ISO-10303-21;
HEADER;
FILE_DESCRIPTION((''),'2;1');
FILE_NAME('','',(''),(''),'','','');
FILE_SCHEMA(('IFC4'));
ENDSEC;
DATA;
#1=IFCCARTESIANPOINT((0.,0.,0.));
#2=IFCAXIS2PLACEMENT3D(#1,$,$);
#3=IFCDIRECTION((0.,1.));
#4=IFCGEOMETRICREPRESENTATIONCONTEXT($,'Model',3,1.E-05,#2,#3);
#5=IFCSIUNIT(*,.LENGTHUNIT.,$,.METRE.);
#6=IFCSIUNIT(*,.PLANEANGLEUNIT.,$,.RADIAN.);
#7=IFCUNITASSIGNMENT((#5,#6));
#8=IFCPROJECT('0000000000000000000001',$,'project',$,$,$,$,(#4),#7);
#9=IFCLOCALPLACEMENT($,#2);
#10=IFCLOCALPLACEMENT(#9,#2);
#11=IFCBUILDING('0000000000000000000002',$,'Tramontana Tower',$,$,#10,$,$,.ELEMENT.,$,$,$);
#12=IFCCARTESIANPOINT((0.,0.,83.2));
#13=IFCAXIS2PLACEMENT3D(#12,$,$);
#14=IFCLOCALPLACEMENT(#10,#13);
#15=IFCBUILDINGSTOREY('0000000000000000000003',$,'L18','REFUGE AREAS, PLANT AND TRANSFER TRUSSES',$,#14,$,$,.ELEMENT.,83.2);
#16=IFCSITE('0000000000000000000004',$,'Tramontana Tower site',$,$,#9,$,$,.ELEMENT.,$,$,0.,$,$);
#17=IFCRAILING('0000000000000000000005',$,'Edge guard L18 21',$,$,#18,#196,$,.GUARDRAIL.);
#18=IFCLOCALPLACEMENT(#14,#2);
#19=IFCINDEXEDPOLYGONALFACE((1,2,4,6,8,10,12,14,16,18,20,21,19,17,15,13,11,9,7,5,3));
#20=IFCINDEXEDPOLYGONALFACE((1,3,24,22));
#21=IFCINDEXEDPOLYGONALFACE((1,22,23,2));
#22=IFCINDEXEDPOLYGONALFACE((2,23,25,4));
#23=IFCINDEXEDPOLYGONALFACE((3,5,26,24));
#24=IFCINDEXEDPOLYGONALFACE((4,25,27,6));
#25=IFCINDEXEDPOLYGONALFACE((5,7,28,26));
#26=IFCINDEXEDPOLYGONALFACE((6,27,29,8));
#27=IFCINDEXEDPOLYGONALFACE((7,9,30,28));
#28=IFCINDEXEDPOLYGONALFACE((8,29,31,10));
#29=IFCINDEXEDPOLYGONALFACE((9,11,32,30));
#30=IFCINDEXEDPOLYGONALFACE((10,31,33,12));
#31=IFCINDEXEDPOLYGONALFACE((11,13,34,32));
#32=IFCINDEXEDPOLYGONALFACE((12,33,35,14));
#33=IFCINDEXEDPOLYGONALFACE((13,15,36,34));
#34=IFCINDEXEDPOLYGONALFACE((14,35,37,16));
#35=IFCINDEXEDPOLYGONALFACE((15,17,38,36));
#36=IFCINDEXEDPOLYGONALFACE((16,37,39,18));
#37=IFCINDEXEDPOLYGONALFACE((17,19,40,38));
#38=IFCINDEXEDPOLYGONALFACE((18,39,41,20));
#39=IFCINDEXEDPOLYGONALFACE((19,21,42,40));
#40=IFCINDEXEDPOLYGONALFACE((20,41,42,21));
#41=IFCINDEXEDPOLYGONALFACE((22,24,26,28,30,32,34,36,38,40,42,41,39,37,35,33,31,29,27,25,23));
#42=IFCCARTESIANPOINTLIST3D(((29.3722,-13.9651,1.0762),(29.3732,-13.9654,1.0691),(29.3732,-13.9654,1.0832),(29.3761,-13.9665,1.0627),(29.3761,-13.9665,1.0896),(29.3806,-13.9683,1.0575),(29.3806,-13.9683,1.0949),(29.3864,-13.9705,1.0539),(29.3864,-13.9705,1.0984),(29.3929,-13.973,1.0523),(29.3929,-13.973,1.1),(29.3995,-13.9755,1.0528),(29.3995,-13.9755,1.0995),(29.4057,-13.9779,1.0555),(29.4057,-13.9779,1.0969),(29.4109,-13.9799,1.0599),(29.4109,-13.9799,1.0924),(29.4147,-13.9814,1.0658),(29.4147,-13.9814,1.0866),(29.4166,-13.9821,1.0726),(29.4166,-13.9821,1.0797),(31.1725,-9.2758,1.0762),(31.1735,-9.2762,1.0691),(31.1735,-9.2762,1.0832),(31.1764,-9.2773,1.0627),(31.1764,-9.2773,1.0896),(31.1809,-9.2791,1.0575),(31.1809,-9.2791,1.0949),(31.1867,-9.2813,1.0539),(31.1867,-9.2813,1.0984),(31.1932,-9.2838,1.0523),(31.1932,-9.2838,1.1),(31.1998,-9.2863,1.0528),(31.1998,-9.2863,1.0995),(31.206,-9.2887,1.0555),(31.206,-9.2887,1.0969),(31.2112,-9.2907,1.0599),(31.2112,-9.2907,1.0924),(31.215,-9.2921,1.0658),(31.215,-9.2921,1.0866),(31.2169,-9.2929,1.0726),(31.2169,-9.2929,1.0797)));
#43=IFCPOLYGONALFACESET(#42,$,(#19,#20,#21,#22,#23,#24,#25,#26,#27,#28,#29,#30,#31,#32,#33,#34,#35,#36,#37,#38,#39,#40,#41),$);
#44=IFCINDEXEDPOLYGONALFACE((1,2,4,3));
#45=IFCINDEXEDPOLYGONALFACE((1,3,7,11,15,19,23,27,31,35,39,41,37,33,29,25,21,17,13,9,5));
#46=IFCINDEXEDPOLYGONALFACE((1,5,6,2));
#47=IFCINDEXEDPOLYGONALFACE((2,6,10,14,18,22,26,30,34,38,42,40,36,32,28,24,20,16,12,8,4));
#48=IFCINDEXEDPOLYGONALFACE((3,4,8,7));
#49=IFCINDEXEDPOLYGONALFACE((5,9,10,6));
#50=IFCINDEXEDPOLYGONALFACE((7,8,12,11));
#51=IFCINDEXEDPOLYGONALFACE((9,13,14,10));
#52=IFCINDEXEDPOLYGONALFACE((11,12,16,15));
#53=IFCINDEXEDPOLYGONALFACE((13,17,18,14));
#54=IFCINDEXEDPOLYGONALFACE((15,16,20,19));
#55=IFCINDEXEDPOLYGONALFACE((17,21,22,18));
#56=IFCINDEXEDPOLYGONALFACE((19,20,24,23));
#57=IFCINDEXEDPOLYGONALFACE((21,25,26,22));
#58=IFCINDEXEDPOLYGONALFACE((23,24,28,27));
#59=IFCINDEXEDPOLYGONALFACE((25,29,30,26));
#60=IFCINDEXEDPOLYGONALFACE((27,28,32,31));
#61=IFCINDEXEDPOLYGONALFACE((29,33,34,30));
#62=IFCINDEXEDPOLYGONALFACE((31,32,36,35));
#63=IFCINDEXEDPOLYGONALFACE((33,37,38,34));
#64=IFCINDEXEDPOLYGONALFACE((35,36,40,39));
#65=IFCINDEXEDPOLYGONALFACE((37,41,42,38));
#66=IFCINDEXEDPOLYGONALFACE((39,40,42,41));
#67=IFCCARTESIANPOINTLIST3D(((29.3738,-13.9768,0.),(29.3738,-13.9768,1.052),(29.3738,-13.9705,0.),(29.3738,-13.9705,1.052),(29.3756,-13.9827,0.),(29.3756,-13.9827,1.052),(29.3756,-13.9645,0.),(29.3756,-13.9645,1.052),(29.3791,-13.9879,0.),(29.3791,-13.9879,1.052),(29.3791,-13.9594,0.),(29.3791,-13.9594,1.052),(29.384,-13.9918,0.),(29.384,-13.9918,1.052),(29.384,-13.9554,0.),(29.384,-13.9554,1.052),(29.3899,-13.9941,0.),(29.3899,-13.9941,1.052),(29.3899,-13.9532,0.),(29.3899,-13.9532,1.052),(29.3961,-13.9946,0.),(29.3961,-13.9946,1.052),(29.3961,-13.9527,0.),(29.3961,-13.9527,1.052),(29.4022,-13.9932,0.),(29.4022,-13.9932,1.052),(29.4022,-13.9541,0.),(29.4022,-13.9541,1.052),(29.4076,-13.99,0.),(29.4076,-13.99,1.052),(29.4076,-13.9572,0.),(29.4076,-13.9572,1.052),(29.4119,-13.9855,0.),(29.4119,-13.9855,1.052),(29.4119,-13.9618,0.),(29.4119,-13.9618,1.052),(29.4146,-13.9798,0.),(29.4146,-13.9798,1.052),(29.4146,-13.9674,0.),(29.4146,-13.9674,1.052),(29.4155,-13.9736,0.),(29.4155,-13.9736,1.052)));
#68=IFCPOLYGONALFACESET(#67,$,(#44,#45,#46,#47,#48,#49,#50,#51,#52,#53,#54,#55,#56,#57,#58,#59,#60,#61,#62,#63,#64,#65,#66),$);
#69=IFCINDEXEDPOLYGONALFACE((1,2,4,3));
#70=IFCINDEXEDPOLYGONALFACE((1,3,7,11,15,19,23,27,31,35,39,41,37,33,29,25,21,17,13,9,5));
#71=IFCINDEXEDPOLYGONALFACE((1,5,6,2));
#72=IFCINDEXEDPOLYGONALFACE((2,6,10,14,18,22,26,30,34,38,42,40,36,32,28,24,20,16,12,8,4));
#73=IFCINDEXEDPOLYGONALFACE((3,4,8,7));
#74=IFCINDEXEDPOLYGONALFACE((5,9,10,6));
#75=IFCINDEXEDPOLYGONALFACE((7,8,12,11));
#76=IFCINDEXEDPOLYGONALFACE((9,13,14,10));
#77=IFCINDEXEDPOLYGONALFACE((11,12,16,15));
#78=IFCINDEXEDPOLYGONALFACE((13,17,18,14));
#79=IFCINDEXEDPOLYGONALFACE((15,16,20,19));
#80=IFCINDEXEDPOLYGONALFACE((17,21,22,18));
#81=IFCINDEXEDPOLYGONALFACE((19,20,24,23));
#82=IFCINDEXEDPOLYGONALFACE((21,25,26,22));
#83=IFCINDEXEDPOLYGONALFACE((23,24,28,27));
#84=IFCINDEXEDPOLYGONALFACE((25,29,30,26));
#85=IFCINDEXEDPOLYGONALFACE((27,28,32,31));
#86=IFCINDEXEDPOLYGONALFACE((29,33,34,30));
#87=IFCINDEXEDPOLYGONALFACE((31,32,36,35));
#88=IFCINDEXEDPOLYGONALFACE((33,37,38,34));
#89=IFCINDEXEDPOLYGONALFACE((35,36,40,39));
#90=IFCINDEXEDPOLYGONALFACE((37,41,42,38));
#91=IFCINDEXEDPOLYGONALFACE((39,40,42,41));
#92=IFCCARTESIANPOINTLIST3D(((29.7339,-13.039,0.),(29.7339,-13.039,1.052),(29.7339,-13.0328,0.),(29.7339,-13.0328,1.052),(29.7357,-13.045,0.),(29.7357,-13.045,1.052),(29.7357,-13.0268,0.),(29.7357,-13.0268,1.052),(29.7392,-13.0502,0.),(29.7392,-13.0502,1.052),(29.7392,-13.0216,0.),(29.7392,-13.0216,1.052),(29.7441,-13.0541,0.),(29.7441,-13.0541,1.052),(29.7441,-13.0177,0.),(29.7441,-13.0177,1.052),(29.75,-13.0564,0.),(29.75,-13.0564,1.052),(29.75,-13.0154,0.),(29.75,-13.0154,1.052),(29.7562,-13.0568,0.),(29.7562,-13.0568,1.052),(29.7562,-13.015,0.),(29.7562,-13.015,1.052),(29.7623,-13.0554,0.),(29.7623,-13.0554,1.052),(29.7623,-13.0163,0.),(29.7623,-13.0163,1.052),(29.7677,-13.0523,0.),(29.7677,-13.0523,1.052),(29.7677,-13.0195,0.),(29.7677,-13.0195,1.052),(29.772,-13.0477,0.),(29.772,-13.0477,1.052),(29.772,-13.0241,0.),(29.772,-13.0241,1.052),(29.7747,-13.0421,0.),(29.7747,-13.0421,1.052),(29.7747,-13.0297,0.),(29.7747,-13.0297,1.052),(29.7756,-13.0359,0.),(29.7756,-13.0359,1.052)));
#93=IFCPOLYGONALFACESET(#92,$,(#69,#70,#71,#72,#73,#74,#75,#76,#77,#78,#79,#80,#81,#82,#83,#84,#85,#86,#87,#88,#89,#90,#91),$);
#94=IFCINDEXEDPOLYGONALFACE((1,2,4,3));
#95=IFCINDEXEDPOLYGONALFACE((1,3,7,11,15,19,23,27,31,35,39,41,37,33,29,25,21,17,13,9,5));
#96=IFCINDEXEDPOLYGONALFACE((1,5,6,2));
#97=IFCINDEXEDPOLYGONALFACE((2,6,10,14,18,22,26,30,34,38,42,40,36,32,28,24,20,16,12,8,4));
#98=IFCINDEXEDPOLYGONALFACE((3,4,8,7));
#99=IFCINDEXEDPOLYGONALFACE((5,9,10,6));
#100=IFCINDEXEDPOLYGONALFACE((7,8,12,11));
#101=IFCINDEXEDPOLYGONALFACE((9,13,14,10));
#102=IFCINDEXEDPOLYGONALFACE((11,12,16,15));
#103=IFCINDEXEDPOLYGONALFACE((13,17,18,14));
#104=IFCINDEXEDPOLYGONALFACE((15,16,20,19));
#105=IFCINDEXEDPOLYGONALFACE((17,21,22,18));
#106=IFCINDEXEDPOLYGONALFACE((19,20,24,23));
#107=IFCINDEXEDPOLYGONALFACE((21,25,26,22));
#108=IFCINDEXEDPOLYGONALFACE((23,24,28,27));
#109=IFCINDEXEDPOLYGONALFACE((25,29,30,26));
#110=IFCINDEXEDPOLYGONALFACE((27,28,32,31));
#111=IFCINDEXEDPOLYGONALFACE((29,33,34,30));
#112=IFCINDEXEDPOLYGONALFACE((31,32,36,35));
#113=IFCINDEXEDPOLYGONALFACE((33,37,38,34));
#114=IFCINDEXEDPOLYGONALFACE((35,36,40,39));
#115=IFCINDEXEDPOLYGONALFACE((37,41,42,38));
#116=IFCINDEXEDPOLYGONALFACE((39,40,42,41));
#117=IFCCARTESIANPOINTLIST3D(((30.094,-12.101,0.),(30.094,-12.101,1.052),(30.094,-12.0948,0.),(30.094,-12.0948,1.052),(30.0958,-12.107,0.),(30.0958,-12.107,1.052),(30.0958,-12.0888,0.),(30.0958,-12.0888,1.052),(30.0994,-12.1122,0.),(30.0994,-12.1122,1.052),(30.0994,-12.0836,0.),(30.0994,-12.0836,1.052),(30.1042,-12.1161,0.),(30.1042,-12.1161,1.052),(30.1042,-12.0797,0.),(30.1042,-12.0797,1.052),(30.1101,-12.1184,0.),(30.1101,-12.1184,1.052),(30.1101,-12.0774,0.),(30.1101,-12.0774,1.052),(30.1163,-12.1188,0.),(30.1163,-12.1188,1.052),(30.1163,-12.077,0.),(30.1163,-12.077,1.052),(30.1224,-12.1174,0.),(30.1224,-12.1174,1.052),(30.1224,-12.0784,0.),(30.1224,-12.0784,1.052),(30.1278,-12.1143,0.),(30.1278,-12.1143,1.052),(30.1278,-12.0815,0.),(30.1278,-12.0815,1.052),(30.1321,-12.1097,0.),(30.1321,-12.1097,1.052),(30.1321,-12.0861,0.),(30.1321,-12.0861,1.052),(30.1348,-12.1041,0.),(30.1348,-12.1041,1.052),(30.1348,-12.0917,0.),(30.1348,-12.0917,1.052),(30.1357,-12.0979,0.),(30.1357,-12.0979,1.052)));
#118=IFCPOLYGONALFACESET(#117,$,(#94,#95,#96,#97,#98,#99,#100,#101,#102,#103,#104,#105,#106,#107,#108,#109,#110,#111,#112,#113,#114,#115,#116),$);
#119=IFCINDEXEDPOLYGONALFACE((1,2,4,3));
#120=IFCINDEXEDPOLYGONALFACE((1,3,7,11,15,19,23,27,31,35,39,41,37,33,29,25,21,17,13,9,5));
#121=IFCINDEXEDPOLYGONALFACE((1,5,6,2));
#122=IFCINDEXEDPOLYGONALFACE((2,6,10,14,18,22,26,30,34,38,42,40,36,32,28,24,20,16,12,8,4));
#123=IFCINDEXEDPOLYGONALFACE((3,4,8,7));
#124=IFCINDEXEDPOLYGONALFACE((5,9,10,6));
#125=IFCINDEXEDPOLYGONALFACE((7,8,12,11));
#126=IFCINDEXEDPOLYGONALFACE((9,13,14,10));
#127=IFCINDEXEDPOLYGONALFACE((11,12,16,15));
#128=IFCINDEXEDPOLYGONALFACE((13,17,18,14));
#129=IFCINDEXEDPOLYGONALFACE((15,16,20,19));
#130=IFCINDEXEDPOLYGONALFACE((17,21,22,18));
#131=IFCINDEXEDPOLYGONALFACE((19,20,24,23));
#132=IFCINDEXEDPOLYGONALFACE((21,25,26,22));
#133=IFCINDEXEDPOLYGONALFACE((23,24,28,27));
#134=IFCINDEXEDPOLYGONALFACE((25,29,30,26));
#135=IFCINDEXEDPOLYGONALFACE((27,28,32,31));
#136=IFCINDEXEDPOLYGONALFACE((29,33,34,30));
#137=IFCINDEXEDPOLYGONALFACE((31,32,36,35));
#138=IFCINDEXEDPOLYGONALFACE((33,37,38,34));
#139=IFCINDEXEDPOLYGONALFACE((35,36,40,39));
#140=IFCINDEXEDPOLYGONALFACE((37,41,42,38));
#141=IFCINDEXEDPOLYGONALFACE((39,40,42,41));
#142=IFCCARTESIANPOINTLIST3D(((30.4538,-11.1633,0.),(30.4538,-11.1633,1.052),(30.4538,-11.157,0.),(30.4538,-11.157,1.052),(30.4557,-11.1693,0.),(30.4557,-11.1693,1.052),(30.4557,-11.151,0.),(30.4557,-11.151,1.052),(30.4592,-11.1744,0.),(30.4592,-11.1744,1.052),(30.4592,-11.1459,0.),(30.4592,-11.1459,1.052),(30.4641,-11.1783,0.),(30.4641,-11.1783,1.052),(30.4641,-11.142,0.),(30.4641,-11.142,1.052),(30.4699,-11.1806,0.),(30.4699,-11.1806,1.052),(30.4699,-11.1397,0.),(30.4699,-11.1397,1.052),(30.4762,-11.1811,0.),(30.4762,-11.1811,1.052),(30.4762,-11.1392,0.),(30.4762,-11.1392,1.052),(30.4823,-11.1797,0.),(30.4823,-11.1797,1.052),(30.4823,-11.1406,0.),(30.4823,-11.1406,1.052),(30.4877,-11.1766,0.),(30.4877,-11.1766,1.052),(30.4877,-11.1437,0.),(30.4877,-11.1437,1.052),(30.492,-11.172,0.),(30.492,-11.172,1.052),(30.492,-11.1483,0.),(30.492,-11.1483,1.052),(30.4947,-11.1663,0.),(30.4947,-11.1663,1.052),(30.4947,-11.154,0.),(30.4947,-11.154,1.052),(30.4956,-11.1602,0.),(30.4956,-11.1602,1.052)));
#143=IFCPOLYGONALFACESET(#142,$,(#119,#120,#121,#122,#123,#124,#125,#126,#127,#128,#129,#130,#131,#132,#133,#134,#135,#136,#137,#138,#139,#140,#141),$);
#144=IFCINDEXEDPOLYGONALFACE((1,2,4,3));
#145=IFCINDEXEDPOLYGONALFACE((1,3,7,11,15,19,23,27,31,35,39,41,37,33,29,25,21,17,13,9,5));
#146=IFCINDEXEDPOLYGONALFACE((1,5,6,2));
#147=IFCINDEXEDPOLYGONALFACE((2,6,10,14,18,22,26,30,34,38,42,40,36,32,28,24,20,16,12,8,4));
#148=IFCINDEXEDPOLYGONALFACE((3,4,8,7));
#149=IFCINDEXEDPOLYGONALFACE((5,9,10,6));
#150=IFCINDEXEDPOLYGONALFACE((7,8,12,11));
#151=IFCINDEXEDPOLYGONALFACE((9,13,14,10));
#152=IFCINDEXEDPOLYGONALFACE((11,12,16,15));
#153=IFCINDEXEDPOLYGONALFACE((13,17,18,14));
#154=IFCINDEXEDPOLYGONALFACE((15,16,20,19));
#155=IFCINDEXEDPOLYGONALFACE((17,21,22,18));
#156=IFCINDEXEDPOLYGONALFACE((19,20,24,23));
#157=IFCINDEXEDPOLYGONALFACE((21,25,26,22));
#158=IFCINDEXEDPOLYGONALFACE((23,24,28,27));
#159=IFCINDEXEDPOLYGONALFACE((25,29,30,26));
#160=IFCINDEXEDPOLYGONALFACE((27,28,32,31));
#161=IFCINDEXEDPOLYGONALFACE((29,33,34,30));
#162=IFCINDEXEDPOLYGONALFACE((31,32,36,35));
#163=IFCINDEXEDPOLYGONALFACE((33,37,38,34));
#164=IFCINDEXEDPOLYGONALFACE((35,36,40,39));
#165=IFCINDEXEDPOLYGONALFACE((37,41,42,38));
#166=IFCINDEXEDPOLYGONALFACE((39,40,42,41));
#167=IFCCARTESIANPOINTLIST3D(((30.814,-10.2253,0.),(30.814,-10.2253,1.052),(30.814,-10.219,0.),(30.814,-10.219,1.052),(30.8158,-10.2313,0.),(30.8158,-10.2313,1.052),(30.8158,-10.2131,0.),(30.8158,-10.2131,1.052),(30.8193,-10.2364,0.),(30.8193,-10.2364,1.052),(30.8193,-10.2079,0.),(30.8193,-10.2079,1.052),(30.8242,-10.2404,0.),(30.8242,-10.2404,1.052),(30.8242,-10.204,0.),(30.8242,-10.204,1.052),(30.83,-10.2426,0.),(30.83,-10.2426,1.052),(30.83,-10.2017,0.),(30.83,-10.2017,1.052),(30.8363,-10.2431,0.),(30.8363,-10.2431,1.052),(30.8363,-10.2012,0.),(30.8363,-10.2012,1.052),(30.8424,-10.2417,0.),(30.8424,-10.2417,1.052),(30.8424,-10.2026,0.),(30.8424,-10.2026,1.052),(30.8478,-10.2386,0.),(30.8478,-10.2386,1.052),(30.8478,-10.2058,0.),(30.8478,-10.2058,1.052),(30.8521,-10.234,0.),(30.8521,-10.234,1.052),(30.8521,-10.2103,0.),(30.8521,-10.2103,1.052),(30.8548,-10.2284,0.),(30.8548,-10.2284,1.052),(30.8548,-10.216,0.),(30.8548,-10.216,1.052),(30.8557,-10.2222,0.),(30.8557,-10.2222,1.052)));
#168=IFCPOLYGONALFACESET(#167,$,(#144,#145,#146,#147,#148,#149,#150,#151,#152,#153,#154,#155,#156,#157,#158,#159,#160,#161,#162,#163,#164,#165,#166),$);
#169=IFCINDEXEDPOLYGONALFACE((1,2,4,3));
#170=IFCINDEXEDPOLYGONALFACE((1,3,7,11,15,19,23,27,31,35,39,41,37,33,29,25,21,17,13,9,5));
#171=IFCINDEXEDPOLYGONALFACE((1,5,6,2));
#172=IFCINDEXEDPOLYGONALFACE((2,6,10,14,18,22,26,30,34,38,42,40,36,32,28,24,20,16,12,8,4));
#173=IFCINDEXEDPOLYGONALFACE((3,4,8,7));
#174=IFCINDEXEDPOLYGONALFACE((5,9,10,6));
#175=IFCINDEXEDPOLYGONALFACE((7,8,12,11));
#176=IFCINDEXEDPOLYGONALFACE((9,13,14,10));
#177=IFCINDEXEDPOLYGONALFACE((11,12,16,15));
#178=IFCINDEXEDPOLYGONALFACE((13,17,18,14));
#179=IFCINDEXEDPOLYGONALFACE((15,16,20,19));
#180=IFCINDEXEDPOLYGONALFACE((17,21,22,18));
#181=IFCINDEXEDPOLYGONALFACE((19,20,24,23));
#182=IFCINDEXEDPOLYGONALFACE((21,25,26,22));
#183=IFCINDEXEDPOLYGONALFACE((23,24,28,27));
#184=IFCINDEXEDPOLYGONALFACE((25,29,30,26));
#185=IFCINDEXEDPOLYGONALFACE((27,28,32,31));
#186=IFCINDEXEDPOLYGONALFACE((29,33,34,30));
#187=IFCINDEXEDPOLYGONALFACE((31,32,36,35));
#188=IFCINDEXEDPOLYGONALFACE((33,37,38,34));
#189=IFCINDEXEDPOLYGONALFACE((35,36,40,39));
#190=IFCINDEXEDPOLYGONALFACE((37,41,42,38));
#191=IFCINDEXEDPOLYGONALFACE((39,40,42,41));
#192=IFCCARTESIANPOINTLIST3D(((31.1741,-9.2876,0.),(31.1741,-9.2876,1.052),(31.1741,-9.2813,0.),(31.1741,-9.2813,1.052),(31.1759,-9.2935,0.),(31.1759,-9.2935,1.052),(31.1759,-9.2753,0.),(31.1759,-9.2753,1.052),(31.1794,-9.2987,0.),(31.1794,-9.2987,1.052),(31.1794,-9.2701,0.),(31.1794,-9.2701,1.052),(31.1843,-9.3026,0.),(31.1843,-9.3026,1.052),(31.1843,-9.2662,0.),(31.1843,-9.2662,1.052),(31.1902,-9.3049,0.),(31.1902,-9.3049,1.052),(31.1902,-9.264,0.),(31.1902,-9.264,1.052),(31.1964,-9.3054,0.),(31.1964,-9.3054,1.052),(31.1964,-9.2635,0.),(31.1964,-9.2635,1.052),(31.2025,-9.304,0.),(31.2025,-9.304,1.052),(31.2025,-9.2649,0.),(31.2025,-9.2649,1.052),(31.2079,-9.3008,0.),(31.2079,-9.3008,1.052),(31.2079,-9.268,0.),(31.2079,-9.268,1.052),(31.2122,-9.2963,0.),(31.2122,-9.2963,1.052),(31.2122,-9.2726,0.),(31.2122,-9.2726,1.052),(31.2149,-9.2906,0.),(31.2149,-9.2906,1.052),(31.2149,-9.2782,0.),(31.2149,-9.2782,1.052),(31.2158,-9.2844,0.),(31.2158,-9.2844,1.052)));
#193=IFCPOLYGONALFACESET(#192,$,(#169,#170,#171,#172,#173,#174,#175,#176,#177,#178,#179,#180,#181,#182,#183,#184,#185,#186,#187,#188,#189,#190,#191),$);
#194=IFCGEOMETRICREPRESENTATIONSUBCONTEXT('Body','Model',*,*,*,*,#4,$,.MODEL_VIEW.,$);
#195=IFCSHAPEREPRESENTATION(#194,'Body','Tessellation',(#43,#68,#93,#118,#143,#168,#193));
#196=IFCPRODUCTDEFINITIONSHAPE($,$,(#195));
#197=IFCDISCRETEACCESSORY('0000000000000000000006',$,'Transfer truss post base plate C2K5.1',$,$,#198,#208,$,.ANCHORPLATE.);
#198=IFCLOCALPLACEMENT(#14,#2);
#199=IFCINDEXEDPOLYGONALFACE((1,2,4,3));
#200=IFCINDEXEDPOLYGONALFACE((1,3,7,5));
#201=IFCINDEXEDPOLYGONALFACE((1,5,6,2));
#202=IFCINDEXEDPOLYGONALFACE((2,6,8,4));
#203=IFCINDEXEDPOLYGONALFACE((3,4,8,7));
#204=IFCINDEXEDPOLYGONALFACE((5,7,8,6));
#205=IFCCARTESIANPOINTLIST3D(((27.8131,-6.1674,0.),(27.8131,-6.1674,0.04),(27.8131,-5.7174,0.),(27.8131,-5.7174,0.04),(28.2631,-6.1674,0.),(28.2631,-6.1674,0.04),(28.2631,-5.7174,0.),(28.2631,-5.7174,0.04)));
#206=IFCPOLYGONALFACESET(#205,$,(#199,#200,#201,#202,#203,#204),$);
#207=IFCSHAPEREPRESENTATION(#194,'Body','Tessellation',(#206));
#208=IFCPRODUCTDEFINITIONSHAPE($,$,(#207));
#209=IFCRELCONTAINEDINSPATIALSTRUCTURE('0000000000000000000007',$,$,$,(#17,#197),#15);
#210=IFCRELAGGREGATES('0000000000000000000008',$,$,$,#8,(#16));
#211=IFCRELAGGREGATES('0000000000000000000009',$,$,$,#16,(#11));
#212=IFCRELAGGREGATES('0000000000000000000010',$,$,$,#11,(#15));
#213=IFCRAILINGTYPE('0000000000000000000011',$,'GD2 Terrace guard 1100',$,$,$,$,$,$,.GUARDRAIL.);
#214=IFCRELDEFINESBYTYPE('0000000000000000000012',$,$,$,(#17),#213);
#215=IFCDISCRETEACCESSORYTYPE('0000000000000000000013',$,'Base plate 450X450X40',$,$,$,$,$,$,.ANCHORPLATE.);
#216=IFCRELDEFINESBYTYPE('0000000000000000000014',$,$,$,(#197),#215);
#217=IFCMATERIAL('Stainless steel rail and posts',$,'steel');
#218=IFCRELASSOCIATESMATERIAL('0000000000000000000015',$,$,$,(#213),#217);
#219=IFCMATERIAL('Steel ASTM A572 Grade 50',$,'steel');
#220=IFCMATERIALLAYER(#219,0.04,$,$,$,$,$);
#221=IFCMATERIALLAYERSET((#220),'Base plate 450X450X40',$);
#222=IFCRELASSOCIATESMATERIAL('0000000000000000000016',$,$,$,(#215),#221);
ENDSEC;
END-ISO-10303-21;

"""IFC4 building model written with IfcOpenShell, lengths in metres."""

from ifc_helpers import new_model, si_unit, direction, frame, origin, origin_2d, place, context, subcontext, project, spatial, rectangle, circle, extrude, material, layer, layer_set, type_object, element, save


model = new_model("IFC4")

# Units and contexts
model_context = context("Model", 3, precision=1e-05, world=origin(), true_north=direction((0.0, 1.0)))
body_context = subcontext(model_context, "Body", "Model", "MODEL_VIEW")
ifc_project = project(units=[si_unit("LENGTHUNIT", "METRE"), si_unit("PLANEANGLEUNIT", "RADIAN")], contexts=[model_context])

# Site, building, storey
site_placement = place(None, origin())
site = spatial("IfcSite", under=ifc_project, at=site_placement, Name="Tramontana Tower site", CompositionType="ELEMENT", RefElevation=0.0)
building_placement = place(site_placement, origin())
building = spatial("IfcBuilding", under=site, at=building_placement, Name="Tramontana Tower", CompositionType="ELEMENT")
storey_placement = place(building_placement, frame((0.0, 0.0, 83.2)))
storey = spatial("IfcBuildingStorey", under=building, at=storey_placement, Name="L18", Description="REFUGE AREAS, PLANT AND TRANSFER TRUSSES", CompositionType="ELEMENT", Elevation=83.2)

# Railing
ifc_material_1 = material(Name="Stainless steel rail and posts", Category="steel")
railing_type = type_object("IfcRailingType", Name="GD2 Terrace guard 1100", PredefinedType="GUARDRAIL", material=ifc_material_1)
railing_1_placement = place(storey_placement, frame((29.3945, -13.9736, 0.0)))
element("IfcRailing", 1, at=railing_1_placement, inside=storey, type_object=railing_type, Name="Edge guard L18 21", PredefinedType="GUARDRAIL", context=body_context, shape_type="SweptSolid", body=[
    extrude(circle(Radius=0.0239, at=origin_2d()), frame((0.0, 0.0, 1.0762), z_axis=(0.358416, 0.933562, 0.0), x_axis=(-0.933562, 0.358416, 0.0)), (0.0, 0.0, 1.0), 5.0229),
    extrude(circle(Radius=0.021, at=origin_2d()), origin(), (0.0, 0.0, 1.0), 1.052),
    extrude(circle(Radius=0.021, at=origin_2d()), frame((0.3601, 0.9377, 0.0)), (0.0, 0.0, 1.0), 1.052),
    extrude(circle(Radius=0.021, at=origin_2d()), frame((0.7202, 1.8757, 0.0)), (0.0, 0.0, 1.0), 1.052),
    extrude(circle(Radius=0.021, at=origin_2d()), frame((1.0801, 2.8135, 0.0)), (0.0, 0.0, 1.0), 1.052),
    extrude(circle(Radius=0.021, at=origin_2d()), frame((1.4402, 3.7515, 0.0)), (0.0, 0.0, 1.0), 1.052),
    extrude(circle(Radius=0.021, at=origin_2d()), frame((1.8003, 4.6892, 0.0)), (0.0, 0.0, 1.0), 1.052),
])

# Discrete accessory
ifc_material_2 = material(Name="Steel ASTM A572 Grade 50", Category="steel")
ifc_layer = layer(ifc_material_2, 0.04)
ifc_layer_set = layer_set([ifc_layer], Name="Base plate 450X450X40")
discrete_accessory_type = type_object("IfcDiscreteAccessoryType", Name="Base plate 450X450X40", PredefinedType="ANCHORPLATE", material=ifc_layer_set)
discrete_accessory_placement = place(storey_placement, frame((28.0381, -5.9424, 0.0), z_axis=(0.0, 0.0, 1.0), x_axis=(1.0, 0.0, 0.0)))
element("IfcDiscreteAccessory", 2, at=discrete_accessory_placement, inside=storey, type_object=discrete_accessory_type, Name="Transfer truss post base plate C2K5.1", PredefinedType="ANCHORPLATE", context=body_context, shape_type="SweptSolid", body=[
    extrude(rectangle(XDim=0.45, YDim=0.45, at=origin_2d()), origin(), (0.0, 0.0, 1.0), 0.04),
])

save(model, "model.ifc")
